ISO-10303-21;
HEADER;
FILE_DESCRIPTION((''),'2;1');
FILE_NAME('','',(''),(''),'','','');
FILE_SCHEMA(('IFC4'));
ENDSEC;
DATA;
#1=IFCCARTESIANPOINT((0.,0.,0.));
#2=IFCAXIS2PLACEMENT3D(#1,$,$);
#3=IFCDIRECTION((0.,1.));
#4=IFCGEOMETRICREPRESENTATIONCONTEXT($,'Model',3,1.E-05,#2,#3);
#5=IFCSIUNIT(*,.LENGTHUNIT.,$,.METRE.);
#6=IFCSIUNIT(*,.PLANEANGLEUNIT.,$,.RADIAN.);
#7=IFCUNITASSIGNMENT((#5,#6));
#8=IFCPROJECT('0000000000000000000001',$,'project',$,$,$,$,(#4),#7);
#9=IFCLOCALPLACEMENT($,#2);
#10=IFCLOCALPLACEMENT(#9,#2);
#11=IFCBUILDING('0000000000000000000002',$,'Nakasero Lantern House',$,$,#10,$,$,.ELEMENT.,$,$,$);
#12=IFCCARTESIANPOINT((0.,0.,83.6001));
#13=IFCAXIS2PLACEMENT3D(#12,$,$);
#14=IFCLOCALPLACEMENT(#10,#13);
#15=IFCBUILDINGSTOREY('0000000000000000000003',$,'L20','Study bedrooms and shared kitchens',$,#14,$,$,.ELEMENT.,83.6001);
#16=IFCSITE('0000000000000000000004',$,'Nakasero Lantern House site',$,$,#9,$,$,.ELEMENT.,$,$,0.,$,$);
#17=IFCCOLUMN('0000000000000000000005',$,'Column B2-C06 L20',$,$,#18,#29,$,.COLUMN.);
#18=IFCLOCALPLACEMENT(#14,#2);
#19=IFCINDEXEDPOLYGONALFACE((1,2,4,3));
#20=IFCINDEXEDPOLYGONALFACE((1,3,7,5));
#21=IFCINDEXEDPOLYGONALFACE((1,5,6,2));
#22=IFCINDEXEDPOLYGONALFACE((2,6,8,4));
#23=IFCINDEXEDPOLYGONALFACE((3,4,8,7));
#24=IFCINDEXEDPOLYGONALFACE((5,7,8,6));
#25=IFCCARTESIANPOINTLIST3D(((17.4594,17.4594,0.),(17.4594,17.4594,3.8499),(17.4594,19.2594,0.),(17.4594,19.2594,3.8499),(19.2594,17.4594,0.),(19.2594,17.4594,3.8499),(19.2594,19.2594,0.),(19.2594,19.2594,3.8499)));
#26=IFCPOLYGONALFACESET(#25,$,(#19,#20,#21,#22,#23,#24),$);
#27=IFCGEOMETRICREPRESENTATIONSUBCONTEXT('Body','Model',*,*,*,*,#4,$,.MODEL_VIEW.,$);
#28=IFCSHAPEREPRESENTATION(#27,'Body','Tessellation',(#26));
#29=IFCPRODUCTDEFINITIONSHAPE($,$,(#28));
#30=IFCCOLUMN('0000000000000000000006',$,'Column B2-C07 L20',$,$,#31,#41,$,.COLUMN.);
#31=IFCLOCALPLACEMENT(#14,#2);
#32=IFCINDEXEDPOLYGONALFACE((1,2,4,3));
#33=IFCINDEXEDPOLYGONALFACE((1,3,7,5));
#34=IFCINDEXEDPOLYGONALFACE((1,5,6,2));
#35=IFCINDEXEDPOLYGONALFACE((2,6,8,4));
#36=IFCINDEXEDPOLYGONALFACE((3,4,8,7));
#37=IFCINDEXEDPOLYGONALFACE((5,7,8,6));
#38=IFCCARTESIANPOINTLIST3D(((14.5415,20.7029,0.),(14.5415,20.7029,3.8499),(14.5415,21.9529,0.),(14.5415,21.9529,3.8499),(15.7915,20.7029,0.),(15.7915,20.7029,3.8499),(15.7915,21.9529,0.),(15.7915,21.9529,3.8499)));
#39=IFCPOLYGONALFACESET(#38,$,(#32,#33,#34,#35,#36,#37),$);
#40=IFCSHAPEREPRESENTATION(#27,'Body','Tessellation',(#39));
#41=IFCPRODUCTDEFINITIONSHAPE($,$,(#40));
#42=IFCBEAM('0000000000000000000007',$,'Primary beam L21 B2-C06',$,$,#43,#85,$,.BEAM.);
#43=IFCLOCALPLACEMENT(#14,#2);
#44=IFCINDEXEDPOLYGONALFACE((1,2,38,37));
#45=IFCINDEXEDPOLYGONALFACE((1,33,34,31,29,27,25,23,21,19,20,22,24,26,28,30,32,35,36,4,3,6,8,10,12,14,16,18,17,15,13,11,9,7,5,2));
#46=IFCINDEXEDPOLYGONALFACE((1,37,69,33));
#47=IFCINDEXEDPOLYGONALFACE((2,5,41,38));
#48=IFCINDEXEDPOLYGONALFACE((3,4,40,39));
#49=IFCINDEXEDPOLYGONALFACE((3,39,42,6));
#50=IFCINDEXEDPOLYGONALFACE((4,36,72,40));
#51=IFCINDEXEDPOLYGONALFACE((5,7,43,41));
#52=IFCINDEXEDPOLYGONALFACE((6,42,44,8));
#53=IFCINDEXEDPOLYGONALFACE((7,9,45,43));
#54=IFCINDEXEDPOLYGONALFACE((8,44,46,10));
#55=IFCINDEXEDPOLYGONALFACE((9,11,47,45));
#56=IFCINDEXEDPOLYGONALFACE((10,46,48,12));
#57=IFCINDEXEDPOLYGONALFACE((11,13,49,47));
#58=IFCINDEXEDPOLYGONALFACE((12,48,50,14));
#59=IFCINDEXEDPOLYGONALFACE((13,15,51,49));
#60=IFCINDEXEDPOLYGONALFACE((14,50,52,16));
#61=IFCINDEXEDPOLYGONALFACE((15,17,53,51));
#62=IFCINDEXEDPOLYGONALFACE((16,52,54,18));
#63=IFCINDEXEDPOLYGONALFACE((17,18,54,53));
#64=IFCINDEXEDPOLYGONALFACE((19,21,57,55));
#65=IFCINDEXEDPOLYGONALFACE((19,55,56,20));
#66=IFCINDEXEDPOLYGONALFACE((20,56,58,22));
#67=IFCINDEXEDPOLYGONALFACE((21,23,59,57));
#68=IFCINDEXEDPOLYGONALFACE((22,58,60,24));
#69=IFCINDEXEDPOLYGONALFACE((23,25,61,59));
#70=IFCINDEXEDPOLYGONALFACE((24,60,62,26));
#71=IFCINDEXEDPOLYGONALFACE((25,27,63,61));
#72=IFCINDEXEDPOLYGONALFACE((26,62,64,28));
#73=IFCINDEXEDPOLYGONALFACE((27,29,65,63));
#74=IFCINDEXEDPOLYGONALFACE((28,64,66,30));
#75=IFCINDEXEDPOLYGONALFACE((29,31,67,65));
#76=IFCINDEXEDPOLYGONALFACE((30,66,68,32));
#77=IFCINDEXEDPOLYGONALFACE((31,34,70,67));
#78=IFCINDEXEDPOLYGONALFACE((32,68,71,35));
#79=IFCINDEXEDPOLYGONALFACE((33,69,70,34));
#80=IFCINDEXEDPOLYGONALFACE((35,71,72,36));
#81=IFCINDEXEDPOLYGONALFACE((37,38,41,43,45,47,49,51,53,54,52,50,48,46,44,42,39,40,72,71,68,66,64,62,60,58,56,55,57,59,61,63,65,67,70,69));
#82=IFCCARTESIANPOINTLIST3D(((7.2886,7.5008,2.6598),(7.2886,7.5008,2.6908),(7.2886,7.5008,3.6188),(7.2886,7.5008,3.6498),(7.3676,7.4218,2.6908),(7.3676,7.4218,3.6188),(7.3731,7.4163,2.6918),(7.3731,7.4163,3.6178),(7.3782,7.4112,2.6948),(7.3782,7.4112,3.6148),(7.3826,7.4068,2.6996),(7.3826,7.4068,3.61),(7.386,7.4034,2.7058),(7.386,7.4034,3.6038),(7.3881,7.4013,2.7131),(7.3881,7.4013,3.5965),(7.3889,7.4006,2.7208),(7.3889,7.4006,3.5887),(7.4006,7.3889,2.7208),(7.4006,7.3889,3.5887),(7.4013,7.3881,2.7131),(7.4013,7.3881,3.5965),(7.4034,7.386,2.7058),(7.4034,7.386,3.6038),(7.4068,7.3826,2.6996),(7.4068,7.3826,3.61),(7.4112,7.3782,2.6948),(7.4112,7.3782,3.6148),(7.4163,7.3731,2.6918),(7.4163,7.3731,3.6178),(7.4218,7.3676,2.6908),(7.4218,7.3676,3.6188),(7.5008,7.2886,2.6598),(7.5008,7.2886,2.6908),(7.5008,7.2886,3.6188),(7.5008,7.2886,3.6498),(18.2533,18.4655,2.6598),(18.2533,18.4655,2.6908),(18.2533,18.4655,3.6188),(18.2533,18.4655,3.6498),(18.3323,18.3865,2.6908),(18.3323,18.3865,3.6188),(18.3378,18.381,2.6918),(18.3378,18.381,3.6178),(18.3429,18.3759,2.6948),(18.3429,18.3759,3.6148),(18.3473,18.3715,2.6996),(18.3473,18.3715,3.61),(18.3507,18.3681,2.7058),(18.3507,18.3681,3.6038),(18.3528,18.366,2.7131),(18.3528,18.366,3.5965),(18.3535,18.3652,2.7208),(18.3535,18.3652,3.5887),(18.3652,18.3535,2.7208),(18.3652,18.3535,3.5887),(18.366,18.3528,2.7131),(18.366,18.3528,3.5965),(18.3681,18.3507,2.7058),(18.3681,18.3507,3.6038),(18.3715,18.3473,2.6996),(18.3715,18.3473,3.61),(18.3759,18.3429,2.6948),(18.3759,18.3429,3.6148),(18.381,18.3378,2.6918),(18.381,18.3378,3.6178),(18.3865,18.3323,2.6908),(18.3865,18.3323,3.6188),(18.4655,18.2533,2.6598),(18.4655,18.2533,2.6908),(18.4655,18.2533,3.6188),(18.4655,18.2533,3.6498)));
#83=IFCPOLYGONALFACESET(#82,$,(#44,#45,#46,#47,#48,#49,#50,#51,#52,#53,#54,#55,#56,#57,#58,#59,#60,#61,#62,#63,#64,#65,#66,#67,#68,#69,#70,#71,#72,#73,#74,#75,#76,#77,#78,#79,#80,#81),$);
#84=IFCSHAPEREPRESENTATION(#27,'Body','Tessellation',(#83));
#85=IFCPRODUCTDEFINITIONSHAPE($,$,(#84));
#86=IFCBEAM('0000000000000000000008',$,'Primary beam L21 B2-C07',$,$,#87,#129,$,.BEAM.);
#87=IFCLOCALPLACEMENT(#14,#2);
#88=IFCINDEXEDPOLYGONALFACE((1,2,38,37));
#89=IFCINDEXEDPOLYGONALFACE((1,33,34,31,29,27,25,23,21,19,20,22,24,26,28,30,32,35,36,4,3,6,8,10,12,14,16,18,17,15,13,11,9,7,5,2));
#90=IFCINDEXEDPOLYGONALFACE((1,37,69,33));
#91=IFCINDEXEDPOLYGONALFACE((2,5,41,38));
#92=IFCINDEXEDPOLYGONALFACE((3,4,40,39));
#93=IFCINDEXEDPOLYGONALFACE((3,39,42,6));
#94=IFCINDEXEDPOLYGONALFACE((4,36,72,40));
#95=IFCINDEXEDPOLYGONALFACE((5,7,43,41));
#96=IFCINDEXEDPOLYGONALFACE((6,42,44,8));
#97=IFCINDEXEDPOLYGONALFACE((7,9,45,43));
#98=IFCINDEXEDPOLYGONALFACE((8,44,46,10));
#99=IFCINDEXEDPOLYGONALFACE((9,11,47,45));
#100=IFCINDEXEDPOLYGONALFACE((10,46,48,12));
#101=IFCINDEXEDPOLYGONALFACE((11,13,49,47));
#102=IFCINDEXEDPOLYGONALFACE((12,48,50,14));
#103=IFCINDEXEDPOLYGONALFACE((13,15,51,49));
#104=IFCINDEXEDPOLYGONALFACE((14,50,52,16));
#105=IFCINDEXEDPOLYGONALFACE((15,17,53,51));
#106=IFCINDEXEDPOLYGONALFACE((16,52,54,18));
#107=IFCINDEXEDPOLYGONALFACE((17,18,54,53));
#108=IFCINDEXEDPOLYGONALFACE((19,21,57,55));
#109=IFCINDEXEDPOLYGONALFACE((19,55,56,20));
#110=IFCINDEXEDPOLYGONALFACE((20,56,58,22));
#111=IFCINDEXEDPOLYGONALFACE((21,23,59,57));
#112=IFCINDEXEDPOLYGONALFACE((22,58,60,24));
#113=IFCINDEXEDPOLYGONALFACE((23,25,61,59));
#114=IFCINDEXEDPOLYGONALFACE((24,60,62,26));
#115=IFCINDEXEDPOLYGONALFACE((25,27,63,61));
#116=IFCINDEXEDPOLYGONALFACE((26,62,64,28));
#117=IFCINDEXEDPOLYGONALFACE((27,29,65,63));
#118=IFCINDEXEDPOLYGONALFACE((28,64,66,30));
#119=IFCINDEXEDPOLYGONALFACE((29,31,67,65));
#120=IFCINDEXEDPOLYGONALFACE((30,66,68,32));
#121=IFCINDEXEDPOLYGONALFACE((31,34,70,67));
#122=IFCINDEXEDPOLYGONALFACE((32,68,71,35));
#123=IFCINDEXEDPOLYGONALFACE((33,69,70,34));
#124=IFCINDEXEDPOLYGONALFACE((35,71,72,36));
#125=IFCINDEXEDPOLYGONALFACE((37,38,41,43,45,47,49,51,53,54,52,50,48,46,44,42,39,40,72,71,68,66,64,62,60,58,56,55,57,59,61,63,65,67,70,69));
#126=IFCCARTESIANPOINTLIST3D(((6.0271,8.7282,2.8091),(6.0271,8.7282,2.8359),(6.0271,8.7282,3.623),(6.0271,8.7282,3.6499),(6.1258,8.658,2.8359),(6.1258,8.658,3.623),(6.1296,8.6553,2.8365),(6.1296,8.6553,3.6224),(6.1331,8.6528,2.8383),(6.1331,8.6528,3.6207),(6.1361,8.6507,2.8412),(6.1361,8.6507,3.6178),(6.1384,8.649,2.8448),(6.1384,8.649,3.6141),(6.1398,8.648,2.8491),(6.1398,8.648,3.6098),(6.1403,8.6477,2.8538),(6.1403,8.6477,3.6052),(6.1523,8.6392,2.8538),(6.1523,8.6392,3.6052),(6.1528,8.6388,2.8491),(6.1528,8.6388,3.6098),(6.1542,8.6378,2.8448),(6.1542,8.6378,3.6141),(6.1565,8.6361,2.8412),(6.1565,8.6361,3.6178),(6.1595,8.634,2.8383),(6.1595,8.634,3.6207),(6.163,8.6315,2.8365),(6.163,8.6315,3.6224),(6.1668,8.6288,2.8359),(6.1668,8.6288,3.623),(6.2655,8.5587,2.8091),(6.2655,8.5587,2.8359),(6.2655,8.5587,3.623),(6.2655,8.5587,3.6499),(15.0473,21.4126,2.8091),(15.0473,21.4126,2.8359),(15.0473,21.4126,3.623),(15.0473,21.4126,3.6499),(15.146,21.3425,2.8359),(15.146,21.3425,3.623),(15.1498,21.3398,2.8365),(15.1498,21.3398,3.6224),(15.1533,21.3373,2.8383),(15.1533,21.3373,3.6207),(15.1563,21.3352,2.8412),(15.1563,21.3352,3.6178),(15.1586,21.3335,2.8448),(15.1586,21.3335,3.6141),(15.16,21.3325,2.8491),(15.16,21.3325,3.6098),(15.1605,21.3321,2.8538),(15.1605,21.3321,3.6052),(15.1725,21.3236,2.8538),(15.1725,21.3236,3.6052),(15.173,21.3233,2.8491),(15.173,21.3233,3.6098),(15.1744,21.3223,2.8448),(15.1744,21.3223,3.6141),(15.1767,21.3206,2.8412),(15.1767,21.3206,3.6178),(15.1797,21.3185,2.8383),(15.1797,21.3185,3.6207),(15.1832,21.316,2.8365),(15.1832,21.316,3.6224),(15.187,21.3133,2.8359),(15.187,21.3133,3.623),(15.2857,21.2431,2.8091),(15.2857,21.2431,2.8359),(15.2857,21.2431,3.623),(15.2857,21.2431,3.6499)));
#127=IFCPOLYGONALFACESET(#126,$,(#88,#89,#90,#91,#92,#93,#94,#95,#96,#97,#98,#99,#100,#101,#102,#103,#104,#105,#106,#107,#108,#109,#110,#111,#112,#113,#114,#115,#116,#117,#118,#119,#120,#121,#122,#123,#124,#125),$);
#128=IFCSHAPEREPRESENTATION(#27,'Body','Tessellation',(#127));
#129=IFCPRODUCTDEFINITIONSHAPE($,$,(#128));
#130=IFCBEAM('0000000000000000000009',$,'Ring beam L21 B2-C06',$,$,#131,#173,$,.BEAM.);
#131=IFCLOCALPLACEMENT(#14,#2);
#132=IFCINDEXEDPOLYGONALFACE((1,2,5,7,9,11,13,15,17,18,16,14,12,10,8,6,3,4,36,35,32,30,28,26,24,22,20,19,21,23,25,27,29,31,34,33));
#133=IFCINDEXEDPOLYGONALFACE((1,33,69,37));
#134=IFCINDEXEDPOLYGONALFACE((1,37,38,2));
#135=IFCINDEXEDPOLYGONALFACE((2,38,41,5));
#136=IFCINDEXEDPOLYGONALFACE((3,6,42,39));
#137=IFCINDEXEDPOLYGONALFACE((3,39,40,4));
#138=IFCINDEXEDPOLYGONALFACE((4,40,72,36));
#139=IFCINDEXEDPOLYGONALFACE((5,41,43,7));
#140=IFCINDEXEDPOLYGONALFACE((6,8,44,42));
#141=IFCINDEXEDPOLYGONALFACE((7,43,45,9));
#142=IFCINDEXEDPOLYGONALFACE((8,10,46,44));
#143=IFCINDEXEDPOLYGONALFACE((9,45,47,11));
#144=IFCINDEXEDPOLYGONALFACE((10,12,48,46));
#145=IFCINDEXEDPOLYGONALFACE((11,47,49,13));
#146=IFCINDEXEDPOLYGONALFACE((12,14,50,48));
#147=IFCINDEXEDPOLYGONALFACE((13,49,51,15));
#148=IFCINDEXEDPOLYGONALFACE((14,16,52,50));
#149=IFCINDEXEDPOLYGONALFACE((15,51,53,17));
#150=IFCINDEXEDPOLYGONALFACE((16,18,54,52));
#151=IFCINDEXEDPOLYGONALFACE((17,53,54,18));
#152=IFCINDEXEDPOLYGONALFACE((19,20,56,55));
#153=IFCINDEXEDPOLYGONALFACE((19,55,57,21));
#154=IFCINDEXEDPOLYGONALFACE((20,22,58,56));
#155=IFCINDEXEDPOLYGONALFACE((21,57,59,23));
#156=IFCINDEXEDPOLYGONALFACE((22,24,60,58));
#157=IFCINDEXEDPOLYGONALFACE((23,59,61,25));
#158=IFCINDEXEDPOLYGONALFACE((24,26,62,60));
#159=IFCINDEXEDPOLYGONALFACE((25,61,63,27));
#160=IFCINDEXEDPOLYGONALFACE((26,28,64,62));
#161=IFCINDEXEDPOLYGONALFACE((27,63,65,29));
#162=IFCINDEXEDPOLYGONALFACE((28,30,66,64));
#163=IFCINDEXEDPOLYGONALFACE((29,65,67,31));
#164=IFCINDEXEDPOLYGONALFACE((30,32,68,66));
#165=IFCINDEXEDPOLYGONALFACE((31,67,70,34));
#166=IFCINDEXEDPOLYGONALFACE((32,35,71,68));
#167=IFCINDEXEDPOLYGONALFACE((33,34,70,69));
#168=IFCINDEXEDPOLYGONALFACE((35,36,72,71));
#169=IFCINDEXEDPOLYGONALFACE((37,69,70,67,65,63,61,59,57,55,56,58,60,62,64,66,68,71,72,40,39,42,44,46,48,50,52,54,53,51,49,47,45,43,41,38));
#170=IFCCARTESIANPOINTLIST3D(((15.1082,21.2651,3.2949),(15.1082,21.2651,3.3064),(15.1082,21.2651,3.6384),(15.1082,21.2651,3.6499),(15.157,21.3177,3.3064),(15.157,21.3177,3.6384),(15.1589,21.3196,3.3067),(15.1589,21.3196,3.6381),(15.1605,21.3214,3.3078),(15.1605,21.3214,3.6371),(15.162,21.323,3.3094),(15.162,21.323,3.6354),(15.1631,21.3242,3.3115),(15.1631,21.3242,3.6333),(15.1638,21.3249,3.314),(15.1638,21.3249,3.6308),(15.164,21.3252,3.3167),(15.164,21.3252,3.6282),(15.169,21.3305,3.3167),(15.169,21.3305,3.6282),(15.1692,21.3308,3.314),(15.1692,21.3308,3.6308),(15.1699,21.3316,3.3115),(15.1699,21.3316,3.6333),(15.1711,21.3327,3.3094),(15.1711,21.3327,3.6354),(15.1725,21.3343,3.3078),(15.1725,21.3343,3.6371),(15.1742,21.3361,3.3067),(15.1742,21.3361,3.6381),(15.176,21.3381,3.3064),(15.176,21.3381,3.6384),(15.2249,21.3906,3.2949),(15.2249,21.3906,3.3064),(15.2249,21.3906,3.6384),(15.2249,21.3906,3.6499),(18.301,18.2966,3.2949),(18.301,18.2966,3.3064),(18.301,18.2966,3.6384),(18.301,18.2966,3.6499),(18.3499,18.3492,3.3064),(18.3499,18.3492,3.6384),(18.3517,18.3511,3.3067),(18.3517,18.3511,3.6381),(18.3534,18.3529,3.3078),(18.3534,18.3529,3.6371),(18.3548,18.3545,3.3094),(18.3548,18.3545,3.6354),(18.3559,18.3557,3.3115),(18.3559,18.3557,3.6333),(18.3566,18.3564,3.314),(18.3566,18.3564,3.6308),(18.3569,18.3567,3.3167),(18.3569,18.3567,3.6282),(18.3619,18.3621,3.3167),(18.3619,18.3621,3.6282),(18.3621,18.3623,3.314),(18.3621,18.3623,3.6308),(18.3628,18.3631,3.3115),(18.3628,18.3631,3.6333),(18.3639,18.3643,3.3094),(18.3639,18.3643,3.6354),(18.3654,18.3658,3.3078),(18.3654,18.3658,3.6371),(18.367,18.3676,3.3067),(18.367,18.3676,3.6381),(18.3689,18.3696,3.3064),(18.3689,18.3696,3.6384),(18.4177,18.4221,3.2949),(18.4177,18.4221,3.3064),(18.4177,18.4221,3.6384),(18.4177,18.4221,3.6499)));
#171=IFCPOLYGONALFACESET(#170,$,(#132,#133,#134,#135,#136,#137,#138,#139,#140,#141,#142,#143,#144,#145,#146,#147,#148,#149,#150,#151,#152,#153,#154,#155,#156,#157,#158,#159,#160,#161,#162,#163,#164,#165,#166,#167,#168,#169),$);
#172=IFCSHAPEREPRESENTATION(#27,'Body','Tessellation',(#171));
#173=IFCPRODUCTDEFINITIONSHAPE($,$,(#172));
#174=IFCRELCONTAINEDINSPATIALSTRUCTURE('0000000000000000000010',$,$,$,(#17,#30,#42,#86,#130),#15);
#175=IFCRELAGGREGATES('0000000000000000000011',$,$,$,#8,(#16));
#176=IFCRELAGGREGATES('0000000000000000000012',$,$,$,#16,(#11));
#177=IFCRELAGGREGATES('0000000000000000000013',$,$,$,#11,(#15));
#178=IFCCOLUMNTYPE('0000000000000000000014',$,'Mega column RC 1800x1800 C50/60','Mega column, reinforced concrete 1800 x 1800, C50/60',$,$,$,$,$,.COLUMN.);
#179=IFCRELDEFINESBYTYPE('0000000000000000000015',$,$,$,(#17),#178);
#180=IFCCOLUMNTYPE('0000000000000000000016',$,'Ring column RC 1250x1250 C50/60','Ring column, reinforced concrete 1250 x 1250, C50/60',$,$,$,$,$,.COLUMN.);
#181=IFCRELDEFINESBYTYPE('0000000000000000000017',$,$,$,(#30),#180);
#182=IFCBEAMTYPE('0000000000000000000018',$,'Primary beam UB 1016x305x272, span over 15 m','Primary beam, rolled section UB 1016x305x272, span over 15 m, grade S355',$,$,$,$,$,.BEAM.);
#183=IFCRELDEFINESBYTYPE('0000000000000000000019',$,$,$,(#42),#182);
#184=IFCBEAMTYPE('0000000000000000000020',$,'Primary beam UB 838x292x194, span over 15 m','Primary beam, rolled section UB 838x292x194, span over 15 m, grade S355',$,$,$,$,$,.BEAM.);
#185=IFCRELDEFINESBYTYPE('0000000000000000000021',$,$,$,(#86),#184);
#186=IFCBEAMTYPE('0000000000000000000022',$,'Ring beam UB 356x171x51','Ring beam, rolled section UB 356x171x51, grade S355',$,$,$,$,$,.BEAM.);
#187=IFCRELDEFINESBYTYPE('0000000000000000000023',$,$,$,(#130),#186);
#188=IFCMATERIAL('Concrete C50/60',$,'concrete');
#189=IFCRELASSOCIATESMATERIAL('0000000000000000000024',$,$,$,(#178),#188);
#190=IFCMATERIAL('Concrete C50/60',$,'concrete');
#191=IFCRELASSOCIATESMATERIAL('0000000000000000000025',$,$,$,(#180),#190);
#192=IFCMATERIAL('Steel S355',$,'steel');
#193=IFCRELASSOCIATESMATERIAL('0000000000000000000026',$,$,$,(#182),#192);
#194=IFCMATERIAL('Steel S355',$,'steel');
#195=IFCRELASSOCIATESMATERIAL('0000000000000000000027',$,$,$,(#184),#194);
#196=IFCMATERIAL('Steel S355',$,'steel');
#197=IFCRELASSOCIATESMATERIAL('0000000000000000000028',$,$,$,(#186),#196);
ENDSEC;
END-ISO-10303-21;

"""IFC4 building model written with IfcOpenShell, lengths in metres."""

from ifc_helpers import new_model, si_unit, direction, frame, origin, origin_2d, place, context, subcontext, project, spatial, rectangle, i_section, extrude, material, material_profile, profile_set, type_object, element, save


model = new_model("IFC4")

# Units and contexts
model_context = context("Model", 3, precision=1e-05, world=origin(), true_north=direction((0.0, 1.0)))
body_context = subcontext(model_context, "Body", "Model", "MODEL_VIEW")
ifc_project = project(units=[si_unit("LENGTHUNIT", "METRE"), si_unit("PLANEANGLEUNIT", "RADIAN")], contexts=[model_context])

# Site, building, storey
site_placement = place(None, origin())
site = spatial("IfcSite", under=ifc_project, at=site_placement, Name="Nakasero Lantern House site", CompositionType="ELEMENT", RefElevation=0.0)
building_placement = place(site_placement, origin())
building = spatial("IfcBuilding", under=site, at=building_placement, Name="Nakasero Lantern House", CompositionType="ELEMENT")
storey_placement = place(building_placement, frame((0.0, 0.0, 83.6001)))
storey = spatial("IfcBuildingStorey", under=building, at=storey_placement, Name="L20", Description="Study bedrooms and shared kitchens", CompositionType="ELEMENT", Elevation=83.6001)

# Columns
ifc_material_1 = material(Name="Concrete C50/60", Category="concrete")
ifc_material_profile_1 = material_profile(ifc_material_1, rectangle(XDim=1.8, YDim=1.8, at=origin_2d()), Name="RC 1800x1800")
ifc_profile_set_1 = profile_set([ifc_material_profile_1], Name="Concrete C50/60")
column_type_1 = type_object("IfcColumnType", Name="Mega column RC 1800x1800 C50/60", Description="Mega column, reinforced concrete 1800 x 1800, C50/60", PredefinedType="COLUMN", material=ifc_profile_set_1)
column_1_placement = place(storey_placement, frame((18.3594, 18.3594, 0.0), z_axis=(0.0, 0.0, 1.0), x_axis=(1.0, 0.0, 0.0)))
element("IfcColumn", 1, at=column_1_placement, inside=storey, type_object=column_type_1, Name="Column B2-C06 L20", PredefinedType="COLUMN", context=body_context, shape_type="SweptSolid", body=[
    extrude(rectangle(XDim=1.8, YDim=1.8, at=origin_2d()), origin(), (0.0, 0.0, 1.0), 3.8499),
])
ifc_material_2 = material(Name="Concrete C50/60", Category="concrete")
ifc_material_profile_2 = material_profile(ifc_material_2, rectangle(XDim=1.25, YDim=1.25, at=origin_2d()), Name="RC 1250x1250")
ifc_profile_set_2 = profile_set([ifc_material_profile_2], Name="Concrete C50/60")
column_type_2 = type_object("IfcColumnType", Name="Ring column RC 1250x1250 C50/60", Description="Ring column, reinforced concrete 1250 x 1250, C50/60", PredefinedType="COLUMN", material=ifc_profile_set_2)
column_2_placement = place(storey_placement, frame((15.1665, 21.3279, 0.0), z_axis=(0.0, 0.0, 1.0), x_axis=(1.0, 0.0, 0.0)))
element("IfcColumn", 2, at=column_2_placement, inside=storey, type_object=column_type_2, Name="Column B2-C07 L20", PredefinedType="COLUMN", context=body_context, shape_type="SweptSolid", body=[
    extrude(rectangle(XDim=1.25, YDim=1.25, at=origin_2d()), origin(), (0.0, 0.0, 1.0), 3.8499),
])

# Beams
ifc_material_3 = material(Name="Steel S355", Category="steel")
ifc_material_profile_3 = material_profile(ifc_material_3, i_section(OverallWidth=0.3, OverallDepth=0.99, WebThickness=0.0166, FlangeThickness=0.031, FilletRadius=0.03, at=origin_2d()), Name="UB 1016x305x272")
ifc_profile_set_3 = profile_set([ifc_material_profile_3], Name="Steel S355")
beam_type_1 = type_object("IfcBeamType", Name="Primary beam UB 1016x305x272, span over 15 m", Description="Primary beam, rolled section UB 1016x305x272, span over 15 m, grade S355", PredefinedType="BEAM", material=ifc_profile_set_3)
beam_1_placement = place(storey_placement, frame((18.3594, 18.3594, 3.1548), z_axis=(-0.707107, -0.707107, 0.0), x_axis=(0.707107, -0.707107, 0.0)))
element("IfcBeam", 3, at=beam_1_placement, inside=storey, type_object=beam_type_1, Name="Primary beam L21 B2-C06", PredefinedType="BEAM", context=body_context, shape_type="SweptSolid", body=[
    extrude(i_section(OverallWidth=0.3, OverallDepth=0.99, WebThickness=0.0166, FlangeThickness=0.031, FilletRadius=0.03, at=origin_2d()), origin(), (0.0, 0.0, 1.0), 15.5063),
])
ifc_material_4 = material(Name="Steel S355", Category="steel")
ifc_material_profile_4 = material_profile(ifc_material_4, i_section(OverallWidth=0.2925, OverallDepth=0.8408, WebThickness=0.0146, FlangeThickness=0.0269, FilletRadius=0.0178, at=origin_2d()), Name="UB 838x292x194")
ifc_profile_set_4 = profile_set([ifc_material_profile_4], Name="Steel S355")
beam_type_2 = type_object("IfcBeamType", Name="Primary beam UB 838x292x194, span over 15 m", Description="Primary beam, rolled section UB 838x292x194, span over 15 m, grade S355", PredefinedType="BEAM", material=ifc_profile_set_4)
beam_2_placement = place(storey_placement, frame((15.1665, 21.3279, 3.2295), z_axis=(-0.579529, -0.814952, 0.0), x_axis=(0.814952, -0.579529, 0.0)))
element("IfcBeam", 4, at=beam_2_placement, inside=storey, type_object=beam_type_2, Name="Primary beam L21 B2-C07", PredefinedType="BEAM", context=body_context, shape_type="SweptSolid", body=[
    extrude(i_section(OverallWidth=0.2925, OverallDepth=0.8408, WebThickness=0.0146, FlangeThickness=0.0269, FilletRadius=0.0178, at=origin_2d()), origin(), (0.0, 0.0, 1.0), 15.5647),
])
ifc_material_5 = material(Name="Steel S355", Category="steel")
ifc_material_profile_5 = material_profile(ifc_material_5, i_section(OverallWidth=0.1714, OverallDepth=0.355, WebThickness=0.0073, FlangeThickness=0.0115, FilletRadius=0.0103, at=origin_2d()), Name="UB 356x171x51")
ifc_profile_set_5 = profile_set([ifc_material_profile_5], Name="Steel S355")
beam_type_3 = type_object("IfcBeamType", Name="Ring beam UB 356x171x51", Description="Ring beam, rolled section UB 356x171x51, grade S355", PredefinedType="BEAM", material=ifc_profile_set_5)
beam_3_placement = place(storey_placement, frame((18.3594, 18.3594, 3.4724), z_axis=(-0.732371, 0.680906, 0.0), x_axis=(-0.680906, -0.732371, 0.0)))
element("IfcBeam", 5, at=beam_3_placement, inside=storey, type_object=beam_type_3, Name="Ring beam L21 B2-C06", PredefinedType="BEAM", context=body_context, shape_type="SweptSolid", body=[
    extrude(i_section(OverallWidth=0.1714, OverallDepth=0.355, WebThickness=0.0073, FlangeThickness=0.0115, FilletRadius=0.0103, at=origin_2d()), origin(), (0.0, 0.0, 1.0), 4.3596),
])

save(model, "model.ifc")
